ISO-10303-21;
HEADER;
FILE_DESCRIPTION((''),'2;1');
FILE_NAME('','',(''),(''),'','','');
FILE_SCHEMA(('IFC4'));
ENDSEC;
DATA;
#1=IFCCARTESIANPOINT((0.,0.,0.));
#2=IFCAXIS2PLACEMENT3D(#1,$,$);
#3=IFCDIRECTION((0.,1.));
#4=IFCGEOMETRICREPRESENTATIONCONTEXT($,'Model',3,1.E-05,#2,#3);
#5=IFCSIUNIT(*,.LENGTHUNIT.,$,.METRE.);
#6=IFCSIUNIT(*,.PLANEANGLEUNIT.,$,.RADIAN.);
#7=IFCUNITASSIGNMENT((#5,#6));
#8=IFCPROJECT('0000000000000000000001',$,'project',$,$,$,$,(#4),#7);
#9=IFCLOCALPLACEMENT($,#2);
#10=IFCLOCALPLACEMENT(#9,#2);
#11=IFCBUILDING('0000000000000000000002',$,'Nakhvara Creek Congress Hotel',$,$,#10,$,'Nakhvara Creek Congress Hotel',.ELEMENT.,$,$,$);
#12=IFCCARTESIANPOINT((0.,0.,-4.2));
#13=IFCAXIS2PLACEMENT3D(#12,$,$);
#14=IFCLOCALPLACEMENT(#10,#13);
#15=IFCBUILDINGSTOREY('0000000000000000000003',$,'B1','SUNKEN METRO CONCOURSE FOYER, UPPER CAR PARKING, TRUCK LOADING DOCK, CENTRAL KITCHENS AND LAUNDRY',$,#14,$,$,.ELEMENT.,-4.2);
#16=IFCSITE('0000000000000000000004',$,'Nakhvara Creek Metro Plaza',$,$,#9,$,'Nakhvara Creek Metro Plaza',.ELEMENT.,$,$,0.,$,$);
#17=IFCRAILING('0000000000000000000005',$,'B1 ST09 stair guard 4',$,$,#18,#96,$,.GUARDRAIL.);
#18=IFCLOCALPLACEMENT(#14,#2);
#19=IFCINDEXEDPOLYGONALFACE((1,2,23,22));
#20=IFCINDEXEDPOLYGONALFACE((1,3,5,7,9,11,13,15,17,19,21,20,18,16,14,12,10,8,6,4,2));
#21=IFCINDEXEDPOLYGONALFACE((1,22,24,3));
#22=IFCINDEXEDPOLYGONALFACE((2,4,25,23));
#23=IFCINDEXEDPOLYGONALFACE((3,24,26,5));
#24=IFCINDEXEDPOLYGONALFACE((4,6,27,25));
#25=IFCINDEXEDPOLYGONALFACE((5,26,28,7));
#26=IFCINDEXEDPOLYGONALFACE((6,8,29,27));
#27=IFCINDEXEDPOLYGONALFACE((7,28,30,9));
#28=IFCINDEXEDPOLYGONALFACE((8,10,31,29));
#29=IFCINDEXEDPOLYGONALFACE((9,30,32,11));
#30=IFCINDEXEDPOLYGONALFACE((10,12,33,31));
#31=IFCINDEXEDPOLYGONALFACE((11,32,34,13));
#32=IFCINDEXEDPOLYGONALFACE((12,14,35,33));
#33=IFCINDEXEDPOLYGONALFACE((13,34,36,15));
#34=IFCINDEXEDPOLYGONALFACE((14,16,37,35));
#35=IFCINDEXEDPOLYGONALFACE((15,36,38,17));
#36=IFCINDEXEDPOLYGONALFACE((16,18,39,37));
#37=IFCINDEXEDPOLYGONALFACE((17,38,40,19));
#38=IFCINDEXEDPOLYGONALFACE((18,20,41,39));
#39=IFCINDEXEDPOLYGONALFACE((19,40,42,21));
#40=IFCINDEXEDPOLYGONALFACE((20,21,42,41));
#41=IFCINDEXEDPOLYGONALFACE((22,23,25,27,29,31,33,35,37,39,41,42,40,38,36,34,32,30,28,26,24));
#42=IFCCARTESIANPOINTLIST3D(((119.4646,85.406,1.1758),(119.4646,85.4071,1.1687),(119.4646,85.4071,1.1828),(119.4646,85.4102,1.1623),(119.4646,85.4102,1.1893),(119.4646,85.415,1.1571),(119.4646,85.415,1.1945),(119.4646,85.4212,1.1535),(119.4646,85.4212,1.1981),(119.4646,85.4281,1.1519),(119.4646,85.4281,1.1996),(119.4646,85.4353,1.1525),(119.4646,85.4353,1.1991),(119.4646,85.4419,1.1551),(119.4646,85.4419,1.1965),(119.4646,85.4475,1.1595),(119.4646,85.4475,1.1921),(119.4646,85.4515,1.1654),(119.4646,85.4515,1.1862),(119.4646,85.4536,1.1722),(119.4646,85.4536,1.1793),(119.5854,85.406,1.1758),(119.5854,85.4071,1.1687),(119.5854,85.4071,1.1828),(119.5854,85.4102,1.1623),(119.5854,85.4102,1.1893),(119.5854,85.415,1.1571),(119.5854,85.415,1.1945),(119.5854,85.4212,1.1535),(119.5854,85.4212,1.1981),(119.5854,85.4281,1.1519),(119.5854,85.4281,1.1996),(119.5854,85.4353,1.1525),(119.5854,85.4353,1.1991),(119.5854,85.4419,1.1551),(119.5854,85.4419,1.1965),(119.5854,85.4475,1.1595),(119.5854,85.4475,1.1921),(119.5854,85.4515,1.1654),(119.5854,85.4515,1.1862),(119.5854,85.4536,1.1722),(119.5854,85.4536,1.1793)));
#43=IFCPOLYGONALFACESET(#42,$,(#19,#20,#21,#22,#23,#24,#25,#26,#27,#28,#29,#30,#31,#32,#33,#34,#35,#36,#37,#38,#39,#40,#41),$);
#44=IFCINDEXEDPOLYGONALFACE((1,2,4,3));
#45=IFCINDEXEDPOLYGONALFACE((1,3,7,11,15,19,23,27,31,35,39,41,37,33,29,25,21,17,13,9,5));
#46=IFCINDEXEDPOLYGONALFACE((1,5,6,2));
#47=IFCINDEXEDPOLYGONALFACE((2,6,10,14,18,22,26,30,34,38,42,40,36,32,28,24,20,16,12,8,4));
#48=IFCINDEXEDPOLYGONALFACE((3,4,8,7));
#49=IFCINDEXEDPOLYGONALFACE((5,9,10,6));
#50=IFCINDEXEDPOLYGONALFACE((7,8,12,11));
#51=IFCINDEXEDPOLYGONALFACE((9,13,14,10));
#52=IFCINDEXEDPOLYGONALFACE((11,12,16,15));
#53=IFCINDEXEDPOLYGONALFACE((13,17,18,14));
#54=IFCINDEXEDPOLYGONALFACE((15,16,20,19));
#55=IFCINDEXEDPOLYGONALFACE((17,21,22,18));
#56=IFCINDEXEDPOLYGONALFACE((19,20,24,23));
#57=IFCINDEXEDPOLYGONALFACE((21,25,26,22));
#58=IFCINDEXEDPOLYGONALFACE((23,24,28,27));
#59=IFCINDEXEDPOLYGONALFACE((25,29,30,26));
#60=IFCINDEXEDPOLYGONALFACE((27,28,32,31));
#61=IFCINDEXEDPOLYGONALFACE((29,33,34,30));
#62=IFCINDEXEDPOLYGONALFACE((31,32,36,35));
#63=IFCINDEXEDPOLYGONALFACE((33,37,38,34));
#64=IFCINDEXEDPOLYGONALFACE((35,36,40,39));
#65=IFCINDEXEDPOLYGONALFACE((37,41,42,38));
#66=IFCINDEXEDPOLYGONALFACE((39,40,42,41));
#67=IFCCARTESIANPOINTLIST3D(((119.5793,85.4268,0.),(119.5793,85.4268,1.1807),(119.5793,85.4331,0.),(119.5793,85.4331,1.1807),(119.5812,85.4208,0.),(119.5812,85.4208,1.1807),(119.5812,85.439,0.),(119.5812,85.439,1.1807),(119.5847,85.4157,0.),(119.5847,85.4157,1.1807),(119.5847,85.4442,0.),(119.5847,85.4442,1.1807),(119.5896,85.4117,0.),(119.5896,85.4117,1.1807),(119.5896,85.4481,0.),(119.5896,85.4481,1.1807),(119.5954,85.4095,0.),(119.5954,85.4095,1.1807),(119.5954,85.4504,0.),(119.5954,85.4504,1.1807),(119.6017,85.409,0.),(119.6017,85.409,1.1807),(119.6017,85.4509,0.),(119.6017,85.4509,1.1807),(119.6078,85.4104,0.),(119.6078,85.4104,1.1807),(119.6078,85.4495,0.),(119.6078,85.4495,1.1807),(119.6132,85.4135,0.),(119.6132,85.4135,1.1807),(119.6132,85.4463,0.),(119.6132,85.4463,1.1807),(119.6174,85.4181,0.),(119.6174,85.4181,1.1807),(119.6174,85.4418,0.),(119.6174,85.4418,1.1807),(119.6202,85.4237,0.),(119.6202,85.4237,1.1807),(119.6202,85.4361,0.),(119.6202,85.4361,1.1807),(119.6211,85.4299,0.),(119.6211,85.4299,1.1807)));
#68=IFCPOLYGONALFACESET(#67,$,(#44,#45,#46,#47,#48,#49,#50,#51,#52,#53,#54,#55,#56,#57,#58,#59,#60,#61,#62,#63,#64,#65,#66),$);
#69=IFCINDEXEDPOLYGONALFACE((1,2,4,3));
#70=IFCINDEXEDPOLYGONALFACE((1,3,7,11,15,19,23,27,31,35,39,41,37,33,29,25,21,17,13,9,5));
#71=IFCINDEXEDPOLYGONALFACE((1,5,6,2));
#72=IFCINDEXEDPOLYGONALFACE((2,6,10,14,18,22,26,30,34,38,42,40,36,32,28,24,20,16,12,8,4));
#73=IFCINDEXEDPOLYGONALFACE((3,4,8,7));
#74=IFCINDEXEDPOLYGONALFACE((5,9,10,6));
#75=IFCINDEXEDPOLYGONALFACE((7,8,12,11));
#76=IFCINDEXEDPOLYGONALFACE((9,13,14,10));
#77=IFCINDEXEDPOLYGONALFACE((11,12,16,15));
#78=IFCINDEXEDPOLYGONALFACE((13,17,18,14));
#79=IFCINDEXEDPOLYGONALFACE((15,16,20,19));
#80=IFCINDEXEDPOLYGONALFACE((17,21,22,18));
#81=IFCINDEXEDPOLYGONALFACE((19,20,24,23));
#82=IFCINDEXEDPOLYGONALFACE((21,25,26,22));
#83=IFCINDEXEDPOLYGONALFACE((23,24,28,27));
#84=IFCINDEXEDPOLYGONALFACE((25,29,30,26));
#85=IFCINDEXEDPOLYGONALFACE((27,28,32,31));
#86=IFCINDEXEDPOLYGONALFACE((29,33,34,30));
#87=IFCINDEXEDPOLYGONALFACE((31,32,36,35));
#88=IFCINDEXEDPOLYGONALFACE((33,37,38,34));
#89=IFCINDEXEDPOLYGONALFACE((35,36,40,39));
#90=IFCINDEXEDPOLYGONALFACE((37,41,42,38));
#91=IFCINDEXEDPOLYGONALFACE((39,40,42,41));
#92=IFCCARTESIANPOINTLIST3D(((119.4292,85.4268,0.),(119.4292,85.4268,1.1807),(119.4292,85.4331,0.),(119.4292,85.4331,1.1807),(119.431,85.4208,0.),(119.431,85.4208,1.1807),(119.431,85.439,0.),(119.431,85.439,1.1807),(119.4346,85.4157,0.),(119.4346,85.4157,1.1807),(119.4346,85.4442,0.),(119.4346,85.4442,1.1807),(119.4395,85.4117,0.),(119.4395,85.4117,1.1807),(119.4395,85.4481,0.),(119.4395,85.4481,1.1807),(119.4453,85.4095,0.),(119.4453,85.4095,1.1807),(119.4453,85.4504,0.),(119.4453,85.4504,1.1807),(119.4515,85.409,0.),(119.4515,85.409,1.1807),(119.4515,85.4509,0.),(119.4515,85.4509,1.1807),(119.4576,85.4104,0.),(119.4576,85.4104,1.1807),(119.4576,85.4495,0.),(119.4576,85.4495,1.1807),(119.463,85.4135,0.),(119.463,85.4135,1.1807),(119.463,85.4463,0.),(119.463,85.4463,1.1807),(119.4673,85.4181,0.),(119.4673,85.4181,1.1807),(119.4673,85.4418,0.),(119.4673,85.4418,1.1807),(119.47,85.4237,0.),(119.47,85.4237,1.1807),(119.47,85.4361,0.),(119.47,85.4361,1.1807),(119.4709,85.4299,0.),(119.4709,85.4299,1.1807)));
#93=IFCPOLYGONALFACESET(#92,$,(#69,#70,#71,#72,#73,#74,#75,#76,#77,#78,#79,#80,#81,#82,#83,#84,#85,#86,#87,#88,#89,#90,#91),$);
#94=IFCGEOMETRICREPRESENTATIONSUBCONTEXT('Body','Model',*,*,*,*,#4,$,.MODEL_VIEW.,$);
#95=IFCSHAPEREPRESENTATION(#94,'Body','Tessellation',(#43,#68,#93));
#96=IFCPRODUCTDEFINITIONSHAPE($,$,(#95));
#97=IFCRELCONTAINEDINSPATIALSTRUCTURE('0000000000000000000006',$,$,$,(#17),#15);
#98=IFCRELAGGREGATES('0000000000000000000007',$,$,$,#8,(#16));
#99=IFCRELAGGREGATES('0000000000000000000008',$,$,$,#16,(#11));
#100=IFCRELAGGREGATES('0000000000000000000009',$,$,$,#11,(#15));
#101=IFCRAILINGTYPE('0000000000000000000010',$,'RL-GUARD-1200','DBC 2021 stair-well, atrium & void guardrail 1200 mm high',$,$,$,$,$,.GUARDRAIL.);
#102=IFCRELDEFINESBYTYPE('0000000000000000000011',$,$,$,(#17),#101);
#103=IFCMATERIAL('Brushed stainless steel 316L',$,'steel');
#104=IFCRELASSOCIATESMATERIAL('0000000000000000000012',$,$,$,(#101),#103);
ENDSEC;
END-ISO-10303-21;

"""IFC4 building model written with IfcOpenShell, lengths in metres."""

from ifc_helpers import new_model, si_unit, direction, frame, origin, origin_2d, place, context, subcontext, project, spatial, circle, extrude, material, type_object, element, save


model = new_model("IFC4")

# Units and contexts
model_context = context("Model", 3, precision=1e-05, world=origin(), true_north=direction((0.0, 1.0)))
body_context = subcontext(model_context, "Body", "Model", "MODEL_VIEW")
ifc_project = project(units=[si_unit("LENGTHUNIT", "METRE"), si_unit("PLANEANGLEUNIT", "RADIAN")], contexts=[model_context])

# Site, building, storey
site_placement = place(None, origin())
site = spatial("IfcSite", under=ifc_project, at=site_placement, Name="Nakhvara Creek Metro Plaza", LongName="Nakhvara Creek Metro Plaza", CompositionType="ELEMENT", RefElevation=0.0)
building_placement = place(site_placement, origin())
building = spatial("IfcBuilding", under=site, at=building_placement, Name="Nakhvara Creek Congress Hotel", LongName="Nakhvara Creek Congress Hotel", CompositionType="ELEMENT")
storey_placement = place(building_placement, frame((0.0, 0.0, -4.2)))
storey = spatial("IfcBuildingStorey", under=building, at=storey_placement, Name="B1", Description="SUNKEN METRO CONCOURSE FOYER, UPPER CAR PARKING, TRUCK LOADING DOCK, CENTRAL KITCHENS AND LAUNDRY", CompositionType="ELEMENT", Elevation=-4.2)

# Railing
ifc_material_1 = material(Name="Brushed stainless steel 316L", Category="steel")
railing_type_1 = type_object("IfcRailingType", Name="RL-GUARD-1200", Description="DBC 2021 stair-well, atrium & void guardrail 1200 mm high", PredefinedType="GUARDRAIL", material=ifc_material_1)
railing_1_placement = place(storey_placement, frame((119.6001, 85.4299, 0.0)))
element("IfcRailing", 1, at=railing_1_placement, inside=storey, type_object=railing_type_1, Name="B1 ST09 stair guard 4", PredefinedType="GUARDRAIL", context=body_context, shape_type="SweptSolid", body=[
    extrude(circle(Radius=0.0239, at=origin_2d()), frame((-0.0146, 0.0, 1.1758), z_axis=(-1.0, 0.0, 0.0), x_axis=(0.0, -1.0, 0.0)), (0.0, 0.0, 1.0), 0.1208),
    extrude(circle(Radius=0.021, at=origin_2d()), origin(), (0.0, 0.0, 1.0), 1.1807),
    extrude(circle(Radius=0.021, at=origin_2d()), frame((-0.1501, 0.0, 0.0)), (0.0, 0.0, 1.0), 1.1807),
])

save(model, "model.ifc")
